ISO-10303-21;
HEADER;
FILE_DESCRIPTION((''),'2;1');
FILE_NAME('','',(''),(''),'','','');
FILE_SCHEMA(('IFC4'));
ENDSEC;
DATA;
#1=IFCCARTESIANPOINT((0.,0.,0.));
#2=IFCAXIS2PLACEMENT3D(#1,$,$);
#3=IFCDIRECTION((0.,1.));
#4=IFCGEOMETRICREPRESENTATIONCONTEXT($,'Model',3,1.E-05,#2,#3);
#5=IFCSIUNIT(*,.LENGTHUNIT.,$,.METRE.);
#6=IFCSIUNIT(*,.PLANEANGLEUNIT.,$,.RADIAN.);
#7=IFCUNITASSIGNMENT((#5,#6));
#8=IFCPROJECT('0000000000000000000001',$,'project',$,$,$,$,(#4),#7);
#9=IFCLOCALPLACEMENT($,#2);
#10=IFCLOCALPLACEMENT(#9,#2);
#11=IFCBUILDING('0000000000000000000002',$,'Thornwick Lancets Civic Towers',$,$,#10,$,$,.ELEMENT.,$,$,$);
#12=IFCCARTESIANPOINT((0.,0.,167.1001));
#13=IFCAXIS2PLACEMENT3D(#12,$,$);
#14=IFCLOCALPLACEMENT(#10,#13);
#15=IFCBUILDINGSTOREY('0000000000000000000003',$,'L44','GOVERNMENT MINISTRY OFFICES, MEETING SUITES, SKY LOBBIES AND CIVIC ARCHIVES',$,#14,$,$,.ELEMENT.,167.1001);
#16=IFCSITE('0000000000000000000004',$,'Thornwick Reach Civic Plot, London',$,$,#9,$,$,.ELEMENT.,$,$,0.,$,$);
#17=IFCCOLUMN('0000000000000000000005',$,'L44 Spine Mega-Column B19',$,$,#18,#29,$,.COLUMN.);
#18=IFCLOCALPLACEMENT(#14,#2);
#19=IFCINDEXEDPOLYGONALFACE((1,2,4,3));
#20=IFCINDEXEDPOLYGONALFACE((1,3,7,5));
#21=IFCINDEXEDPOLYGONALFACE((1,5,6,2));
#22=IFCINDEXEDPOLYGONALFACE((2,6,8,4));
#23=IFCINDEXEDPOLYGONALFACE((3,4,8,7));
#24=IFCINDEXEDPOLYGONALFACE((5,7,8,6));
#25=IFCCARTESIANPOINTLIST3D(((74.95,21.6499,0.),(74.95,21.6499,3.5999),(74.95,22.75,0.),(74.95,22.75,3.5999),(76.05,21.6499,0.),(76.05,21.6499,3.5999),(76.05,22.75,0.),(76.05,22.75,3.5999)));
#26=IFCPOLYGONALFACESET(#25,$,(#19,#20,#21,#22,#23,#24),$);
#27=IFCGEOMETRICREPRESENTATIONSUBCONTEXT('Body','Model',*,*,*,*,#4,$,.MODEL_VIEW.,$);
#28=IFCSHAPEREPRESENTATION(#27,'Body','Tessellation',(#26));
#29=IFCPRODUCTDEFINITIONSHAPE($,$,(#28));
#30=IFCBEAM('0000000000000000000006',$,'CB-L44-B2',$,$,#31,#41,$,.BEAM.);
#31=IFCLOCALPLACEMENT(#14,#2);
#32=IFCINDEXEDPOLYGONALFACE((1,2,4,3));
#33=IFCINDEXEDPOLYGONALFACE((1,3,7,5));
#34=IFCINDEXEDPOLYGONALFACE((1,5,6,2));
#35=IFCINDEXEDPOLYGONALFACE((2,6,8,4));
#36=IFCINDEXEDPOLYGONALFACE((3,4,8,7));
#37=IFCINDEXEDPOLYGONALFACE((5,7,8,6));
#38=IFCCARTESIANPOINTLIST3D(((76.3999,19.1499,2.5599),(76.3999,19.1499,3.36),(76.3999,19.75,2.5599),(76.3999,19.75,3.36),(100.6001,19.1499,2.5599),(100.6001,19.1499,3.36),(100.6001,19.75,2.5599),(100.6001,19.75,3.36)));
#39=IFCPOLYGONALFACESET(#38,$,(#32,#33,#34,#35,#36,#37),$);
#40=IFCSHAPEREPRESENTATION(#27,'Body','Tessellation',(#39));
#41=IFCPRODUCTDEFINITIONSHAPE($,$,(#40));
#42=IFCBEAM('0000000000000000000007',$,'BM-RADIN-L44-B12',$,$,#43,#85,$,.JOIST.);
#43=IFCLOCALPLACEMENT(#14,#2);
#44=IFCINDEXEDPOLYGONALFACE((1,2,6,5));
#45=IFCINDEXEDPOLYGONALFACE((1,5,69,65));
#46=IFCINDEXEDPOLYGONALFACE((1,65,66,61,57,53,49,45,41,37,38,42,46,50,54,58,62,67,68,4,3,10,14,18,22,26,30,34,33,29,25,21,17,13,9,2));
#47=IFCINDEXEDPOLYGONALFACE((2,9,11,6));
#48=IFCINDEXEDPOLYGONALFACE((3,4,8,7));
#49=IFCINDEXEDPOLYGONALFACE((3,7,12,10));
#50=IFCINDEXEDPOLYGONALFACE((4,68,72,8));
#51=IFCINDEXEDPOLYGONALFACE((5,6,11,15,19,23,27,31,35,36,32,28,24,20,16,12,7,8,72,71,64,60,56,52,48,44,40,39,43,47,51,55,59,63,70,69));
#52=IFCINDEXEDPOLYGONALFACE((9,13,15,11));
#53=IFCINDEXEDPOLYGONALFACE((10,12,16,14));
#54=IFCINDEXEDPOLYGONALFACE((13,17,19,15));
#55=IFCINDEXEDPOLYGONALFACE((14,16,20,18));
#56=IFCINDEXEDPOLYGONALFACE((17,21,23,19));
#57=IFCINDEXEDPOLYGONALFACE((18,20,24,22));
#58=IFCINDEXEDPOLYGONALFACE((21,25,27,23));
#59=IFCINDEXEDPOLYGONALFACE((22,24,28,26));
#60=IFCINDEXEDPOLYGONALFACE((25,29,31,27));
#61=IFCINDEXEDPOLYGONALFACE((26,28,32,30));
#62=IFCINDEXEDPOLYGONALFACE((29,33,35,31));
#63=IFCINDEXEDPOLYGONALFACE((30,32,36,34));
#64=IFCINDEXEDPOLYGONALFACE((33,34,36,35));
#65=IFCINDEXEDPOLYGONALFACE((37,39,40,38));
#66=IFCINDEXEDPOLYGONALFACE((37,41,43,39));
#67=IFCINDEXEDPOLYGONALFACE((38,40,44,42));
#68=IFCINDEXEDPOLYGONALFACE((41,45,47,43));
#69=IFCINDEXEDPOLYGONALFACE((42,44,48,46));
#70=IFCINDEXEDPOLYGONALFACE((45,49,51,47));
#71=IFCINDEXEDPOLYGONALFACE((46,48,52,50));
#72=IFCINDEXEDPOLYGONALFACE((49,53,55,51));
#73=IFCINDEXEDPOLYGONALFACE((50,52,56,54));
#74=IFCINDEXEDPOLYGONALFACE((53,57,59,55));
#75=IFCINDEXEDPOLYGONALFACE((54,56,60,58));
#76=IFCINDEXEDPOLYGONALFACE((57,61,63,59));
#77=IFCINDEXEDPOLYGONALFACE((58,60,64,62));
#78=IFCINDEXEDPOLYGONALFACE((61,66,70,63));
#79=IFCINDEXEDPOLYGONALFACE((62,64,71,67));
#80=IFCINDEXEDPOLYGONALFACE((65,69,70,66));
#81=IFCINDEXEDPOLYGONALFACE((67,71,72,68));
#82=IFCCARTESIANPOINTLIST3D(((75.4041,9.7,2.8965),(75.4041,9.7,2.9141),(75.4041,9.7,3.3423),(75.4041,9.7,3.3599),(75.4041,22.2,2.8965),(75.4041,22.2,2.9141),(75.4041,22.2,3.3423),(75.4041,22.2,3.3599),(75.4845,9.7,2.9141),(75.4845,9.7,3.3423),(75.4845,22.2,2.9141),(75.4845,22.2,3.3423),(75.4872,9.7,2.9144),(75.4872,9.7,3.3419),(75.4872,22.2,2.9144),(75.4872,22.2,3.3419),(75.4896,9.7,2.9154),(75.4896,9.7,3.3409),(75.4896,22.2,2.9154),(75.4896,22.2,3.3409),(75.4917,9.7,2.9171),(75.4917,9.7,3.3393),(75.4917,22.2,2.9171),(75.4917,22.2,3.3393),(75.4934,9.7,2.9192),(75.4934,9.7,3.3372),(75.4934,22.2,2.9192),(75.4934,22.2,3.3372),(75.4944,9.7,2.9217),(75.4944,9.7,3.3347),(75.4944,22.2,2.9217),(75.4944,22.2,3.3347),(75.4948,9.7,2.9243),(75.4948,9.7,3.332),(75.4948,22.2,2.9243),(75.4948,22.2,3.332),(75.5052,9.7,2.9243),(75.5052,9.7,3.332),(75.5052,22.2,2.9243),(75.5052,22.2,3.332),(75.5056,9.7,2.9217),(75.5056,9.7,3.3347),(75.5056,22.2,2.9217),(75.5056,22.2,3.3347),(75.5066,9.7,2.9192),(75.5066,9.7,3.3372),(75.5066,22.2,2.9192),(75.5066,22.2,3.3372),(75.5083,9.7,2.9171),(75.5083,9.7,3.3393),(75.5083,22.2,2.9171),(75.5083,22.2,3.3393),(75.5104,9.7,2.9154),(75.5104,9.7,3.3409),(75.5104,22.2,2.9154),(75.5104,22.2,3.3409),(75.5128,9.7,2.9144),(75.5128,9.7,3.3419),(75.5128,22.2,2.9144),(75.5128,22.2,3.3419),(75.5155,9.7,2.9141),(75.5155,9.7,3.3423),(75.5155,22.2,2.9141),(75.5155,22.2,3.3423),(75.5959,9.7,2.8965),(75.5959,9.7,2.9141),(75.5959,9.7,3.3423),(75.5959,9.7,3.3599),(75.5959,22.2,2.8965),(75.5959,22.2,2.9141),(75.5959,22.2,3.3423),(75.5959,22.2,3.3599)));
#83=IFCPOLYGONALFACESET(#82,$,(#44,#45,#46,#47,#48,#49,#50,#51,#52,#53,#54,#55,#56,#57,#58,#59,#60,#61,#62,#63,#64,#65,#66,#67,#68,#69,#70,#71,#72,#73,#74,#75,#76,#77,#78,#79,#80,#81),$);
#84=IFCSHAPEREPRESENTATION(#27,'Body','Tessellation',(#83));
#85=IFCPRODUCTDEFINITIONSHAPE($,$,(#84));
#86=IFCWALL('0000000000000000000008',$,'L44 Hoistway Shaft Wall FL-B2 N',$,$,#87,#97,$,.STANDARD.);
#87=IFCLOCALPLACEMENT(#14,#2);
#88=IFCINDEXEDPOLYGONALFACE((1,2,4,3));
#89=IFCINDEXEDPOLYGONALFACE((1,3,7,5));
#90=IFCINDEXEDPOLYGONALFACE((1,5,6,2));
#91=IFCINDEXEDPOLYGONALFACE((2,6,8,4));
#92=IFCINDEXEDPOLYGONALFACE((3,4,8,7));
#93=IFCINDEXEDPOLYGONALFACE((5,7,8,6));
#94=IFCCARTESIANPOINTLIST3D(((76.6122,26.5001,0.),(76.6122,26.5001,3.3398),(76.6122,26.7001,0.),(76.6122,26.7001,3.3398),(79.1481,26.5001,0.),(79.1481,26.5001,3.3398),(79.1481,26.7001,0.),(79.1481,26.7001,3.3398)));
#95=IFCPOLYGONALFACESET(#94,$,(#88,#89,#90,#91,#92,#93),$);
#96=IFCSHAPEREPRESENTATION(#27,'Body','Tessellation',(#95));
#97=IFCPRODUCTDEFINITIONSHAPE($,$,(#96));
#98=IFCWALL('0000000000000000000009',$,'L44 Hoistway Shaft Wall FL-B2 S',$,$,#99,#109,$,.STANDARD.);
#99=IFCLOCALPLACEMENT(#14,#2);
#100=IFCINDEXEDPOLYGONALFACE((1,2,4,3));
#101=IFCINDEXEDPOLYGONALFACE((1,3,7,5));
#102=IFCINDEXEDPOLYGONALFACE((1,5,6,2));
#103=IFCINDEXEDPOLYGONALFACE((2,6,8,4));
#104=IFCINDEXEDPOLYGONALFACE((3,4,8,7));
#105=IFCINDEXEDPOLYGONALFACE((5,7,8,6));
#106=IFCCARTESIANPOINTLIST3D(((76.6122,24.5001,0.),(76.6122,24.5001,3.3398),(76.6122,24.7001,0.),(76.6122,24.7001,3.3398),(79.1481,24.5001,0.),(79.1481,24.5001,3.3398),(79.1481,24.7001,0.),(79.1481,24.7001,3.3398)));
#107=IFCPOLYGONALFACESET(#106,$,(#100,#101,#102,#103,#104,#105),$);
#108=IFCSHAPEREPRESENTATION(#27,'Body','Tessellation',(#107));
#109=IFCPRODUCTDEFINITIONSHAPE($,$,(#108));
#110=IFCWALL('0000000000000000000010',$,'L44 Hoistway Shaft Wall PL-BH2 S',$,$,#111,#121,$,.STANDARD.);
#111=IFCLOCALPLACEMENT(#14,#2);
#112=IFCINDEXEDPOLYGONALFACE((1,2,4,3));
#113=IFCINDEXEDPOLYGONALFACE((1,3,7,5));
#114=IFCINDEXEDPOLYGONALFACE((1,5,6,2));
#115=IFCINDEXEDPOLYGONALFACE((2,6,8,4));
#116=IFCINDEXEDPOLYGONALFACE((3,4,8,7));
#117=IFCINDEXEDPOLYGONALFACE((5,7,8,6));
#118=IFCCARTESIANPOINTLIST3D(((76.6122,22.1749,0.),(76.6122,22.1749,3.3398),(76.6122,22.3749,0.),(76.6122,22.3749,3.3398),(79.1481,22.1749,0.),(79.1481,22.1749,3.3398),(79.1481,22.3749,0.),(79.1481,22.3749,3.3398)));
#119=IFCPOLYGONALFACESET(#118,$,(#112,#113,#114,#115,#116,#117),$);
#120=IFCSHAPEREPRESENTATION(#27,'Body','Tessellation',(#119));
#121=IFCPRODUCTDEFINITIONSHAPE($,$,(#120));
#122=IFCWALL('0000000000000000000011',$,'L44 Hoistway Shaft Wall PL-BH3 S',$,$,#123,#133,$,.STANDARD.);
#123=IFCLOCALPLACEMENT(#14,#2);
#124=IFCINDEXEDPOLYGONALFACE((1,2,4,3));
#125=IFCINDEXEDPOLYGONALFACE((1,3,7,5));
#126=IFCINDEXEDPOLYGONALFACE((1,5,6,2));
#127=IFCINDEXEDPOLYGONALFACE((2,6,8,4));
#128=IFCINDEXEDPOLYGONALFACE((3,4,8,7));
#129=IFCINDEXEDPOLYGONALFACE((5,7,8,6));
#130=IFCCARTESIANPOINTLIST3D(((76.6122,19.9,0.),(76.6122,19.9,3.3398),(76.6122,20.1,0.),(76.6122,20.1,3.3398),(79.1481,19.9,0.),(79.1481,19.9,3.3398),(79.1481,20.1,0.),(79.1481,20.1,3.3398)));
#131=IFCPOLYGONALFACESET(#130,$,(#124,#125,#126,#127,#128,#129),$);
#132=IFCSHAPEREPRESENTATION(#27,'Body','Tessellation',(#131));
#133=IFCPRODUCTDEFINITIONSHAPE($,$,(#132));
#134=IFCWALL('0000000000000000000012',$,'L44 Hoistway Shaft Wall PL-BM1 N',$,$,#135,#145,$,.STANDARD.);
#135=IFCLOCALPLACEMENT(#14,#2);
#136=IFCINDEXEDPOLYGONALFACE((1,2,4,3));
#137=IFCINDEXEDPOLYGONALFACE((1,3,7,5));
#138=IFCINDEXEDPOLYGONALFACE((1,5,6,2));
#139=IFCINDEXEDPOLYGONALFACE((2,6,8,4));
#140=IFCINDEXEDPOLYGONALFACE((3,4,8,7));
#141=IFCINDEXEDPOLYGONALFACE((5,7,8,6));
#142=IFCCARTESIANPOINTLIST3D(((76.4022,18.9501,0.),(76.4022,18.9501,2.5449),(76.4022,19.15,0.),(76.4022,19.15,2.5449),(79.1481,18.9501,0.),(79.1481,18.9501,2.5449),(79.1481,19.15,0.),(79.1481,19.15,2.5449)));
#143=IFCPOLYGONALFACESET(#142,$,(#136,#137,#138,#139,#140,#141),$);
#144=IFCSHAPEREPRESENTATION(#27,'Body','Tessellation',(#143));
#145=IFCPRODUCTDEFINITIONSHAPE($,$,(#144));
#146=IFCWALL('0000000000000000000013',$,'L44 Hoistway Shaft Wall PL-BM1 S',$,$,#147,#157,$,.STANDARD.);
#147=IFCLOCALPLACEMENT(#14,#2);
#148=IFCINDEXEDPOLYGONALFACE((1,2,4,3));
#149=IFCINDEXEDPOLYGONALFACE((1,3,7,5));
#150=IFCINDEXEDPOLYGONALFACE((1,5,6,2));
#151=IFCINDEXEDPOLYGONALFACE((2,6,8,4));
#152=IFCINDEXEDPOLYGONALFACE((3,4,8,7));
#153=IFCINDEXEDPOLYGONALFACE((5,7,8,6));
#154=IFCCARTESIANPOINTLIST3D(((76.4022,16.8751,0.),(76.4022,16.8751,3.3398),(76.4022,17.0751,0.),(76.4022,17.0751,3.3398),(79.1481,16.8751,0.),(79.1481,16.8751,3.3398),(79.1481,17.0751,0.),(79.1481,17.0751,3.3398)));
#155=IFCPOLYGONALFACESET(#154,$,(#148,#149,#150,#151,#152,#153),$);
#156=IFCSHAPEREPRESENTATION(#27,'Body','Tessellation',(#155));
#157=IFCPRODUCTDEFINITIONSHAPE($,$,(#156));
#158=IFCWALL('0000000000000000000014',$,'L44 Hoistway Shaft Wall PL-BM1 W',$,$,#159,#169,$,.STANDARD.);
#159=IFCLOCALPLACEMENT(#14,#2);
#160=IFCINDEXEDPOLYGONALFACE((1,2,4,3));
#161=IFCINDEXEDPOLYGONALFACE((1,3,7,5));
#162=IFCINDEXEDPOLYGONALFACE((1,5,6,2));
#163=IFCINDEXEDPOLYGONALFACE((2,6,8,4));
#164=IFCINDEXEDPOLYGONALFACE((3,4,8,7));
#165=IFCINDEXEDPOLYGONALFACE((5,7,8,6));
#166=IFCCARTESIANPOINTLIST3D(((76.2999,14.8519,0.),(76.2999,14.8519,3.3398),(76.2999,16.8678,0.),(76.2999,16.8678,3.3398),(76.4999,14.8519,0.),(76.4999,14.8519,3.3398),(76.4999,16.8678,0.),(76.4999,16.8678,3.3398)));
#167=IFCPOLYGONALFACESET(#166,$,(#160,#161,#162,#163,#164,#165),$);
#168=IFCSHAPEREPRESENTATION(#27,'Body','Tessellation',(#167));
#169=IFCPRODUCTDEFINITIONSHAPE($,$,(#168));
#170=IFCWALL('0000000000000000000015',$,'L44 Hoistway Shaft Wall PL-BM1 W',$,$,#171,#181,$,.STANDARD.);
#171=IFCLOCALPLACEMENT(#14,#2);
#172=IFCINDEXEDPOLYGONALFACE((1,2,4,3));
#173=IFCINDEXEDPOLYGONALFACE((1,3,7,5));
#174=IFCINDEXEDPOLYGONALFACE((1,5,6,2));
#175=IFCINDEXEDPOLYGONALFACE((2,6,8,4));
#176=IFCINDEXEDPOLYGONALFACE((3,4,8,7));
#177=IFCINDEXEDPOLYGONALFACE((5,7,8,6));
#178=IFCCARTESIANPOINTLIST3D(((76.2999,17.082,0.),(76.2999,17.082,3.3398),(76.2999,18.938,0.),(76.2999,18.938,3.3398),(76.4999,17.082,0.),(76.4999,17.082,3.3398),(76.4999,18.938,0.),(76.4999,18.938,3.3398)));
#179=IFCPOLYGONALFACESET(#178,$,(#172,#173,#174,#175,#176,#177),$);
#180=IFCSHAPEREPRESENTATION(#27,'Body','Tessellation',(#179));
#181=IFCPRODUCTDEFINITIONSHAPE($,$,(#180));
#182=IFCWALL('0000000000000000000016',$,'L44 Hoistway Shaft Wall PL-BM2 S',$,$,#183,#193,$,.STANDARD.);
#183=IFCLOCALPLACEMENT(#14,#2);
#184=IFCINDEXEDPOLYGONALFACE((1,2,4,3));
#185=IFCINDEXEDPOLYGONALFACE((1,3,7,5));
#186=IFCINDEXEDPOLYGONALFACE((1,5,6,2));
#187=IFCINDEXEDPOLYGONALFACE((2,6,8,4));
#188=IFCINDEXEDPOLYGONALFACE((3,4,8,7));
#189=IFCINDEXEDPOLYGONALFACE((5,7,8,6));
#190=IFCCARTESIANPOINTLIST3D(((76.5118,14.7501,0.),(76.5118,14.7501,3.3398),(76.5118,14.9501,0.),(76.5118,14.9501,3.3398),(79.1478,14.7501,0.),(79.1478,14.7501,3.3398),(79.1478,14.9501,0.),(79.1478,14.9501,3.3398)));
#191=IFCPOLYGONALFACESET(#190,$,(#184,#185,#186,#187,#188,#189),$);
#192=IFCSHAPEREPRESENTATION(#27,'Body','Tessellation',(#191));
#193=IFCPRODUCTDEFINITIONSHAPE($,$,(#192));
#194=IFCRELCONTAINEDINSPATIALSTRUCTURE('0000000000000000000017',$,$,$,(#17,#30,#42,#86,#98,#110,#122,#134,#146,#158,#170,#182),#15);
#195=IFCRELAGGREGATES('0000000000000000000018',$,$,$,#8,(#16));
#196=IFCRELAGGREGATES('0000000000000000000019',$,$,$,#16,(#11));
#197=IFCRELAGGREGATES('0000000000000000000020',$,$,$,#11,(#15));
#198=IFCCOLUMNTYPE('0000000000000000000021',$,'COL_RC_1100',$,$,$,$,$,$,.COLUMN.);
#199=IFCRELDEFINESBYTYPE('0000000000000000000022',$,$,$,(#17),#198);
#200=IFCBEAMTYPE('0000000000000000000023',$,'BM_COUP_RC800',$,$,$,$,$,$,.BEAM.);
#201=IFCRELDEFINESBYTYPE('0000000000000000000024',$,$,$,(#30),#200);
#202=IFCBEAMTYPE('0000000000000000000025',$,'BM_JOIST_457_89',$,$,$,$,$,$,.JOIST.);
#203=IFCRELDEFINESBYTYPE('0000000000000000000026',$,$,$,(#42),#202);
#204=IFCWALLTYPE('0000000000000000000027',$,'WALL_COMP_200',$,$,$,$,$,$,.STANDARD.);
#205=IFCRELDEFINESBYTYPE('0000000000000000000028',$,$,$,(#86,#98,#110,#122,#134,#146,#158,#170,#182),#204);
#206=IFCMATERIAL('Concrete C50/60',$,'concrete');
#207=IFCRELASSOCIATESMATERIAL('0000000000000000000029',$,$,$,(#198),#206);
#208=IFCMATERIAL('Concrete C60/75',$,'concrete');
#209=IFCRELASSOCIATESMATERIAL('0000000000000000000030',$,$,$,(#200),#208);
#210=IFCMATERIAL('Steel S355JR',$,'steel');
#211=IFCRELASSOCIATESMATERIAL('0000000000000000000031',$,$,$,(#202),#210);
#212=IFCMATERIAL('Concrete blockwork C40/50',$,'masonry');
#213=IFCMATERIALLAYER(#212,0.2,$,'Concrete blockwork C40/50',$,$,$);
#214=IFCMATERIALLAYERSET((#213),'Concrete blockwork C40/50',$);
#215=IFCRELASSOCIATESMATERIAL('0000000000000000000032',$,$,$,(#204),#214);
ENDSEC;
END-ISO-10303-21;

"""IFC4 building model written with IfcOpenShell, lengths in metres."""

from ifc_helpers import new_model, si_unit, direction, frame, frame_2d, origin, origin_2d, place, context, subcontext, project, spatial, rectangle, i_section, extrude, material, layer, layer_set, material_profile, profile_set, type_object, element, save


model = new_model("IFC4")

# Units and contexts
model_context = context("Model", 3, precision=1e-05, world=origin(), true_north=direction((0.0, 1.0)))
body_context = subcontext(model_context, "Body", "Model", "MODEL_VIEW")
ifc_project = project(units=[si_unit("LENGTHUNIT", "METRE"), si_unit("PLANEANGLEUNIT", "RADIAN")], contexts=[model_context])

# Site, building, storey
site_placement = place(None, origin())
site = spatial("IfcSite", under=ifc_project, at=site_placement, Name="Thornwick Reach Civic Plot, London", CompositionType="ELEMENT", RefElevation=0.0)
building_placement = place(site_placement, origin())
building = spatial("IfcBuilding", under=site, at=building_placement, Name="Thornwick Lancets Civic Towers", CompositionType="ELEMENT")
storey_placement = place(building_placement, frame((0.0, 0.0, 167.1001)))
storey = spatial("IfcBuildingStorey", under=building, at=storey_placement, Name="L44", Description="GOVERNMENT MINISTRY OFFICES, MEETING SUITES, SKY LOBBIES AND CIVIC ARCHIVES", CompositionType="ELEMENT", Elevation=167.1001)

# Column
ifc_material_1 = material(Name="Concrete C50/60", Category="concrete")
ifc_material_profile_1 = material_profile(ifc_material_1, rectangle(XDim=1.1001, YDim=1.1001, at=origin_2d()), Name="RC 1100x1100")
ifc_profile_set_1 = profile_set([ifc_material_profile_1], Name="Concrete C50/60")
column_type = type_object("IfcColumnType", Name="COL_RC_1100", PredefinedType="COLUMN", material=ifc_profile_set_1)
column_placement = place(storey_placement, frame((75.5, 22.2, 0.0), z_axis=(0.0, 0.0, 1.0), x_axis=(1.0, 0.0, 0.0)))
element("IfcColumn", 1, at=column_placement, inside=storey, type_object=column_type, Name="L44 Spine Mega-Column B19", PredefinedType="COLUMN", context=body_context, shape_type="SweptSolid", body=[
    extrude(rectangle(XDim=1.1001, YDim=1.1001, at=origin_2d()), origin(), (0.0, 0.0, 1.0), 3.5999),
])

# Beams
ifc_material_2 = material(Name="Concrete C60/75", Category="concrete")
ifc_material_profile_2 = material_profile(ifc_material_2, rectangle(XDim=0.6001, YDim=0.8, at=origin_2d()), Name="RC 600x800")
ifc_profile_set_2 = profile_set([ifc_material_profile_2], Name="Concrete C60/75")
beam_type_1 = type_object("IfcBeamType", Name="BM_COUP_RC800", PredefinedType="BEAM", material=ifc_profile_set_2)
beam_1_placement = place(storey_placement, frame((76.3999, 19.45, 2.96), z_axis=(1.0, 0.0, 0.0), x_axis=(0.0, 1.0, 0.0)))
element("IfcBeam", 2, at=beam_1_placement, inside=storey, type_object=beam_type_1, Name="CB-L44-B2", PredefinedType="BEAM", context=body_context, shape_type="SweptSolid", body=[
    extrude(rectangle(XDim=0.6001, YDim=0.8, at=origin_2d()), origin(), (0.0, 0.0, 1.0), 24.2002),
])
ifc_material_3 = material(Name="Steel S355JR", Category="steel")
ifc_material_profile_3 = material_profile(ifc_material_3, i_section(OverallWidth=0.1919, OverallDepth=0.4634, WebThickness=0.0105, FlangeThickness=0.0176, FilletRadius=0.0103, at=origin_2d()), Name="UKB 457x191x89")
ifc_profile_set_3 = profile_set([ifc_material_profile_3], Name="Steel S355JR")
beam_type_2 = type_object("IfcBeamType", Name="BM_JOIST_457_89", PredefinedType="JOIST", material=ifc_profile_set_3)
beam_2_placement = place(storey_placement, frame((75.5, 22.2, 3.1282), z_axis=(0.0, -1.0, 0.0), x_axis=(1.0, 0.0, 0.0)))
element("IfcBeam", 3, at=beam_2_placement, inside=storey, type_object=beam_type_2, Name="BM-RADIN-L44-B12", PredefinedType="JOIST", context=body_context, shape_type="SweptSolid", body=[
    extrude(i_section(OverallWidth=0.1919, OverallDepth=0.4634, WebThickness=0.0105, FlangeThickness=0.0176, FilletRadius=0.0103, at=origin_2d()), origin(), (0.0, 0.0, 1.0), 12.5),
])

# Walls
ifc_material_4 = material(Name="Concrete blockwork C40/50", Category="masonry")
ifc_layer_1 = layer(ifc_material_4, 0.2, Name="Concrete blockwork C40/50")
ifc_layer_set_1 = layer_set([ifc_layer_1], Name="Concrete blockwork C40/50")
wall_type_1 = type_object("IfcWallType", Name="WALL_COMP_200", PredefinedType="STANDARD", material=ifc_layer_set_1)
for number, where, z_axis, x_axis, name in (
    (4, (76.6121, 26.6001, 0.0), (0.0, 0.0, 1.0), (1.0, 0.0, 0.0), "L44 Hoistway Shaft Wall FL-B2 N"),
    (5, (76.6121, 24.6001, 0.0), (0.0, 0.0, 1.0), (1.0, 0.0, 0.0), "L44 Hoistway Shaft Wall FL-B2 S"),
    (6, (76.6121, 22.2749, 0.0), (0.0, 0.0, 1.0), (1.0, 0.0, 0.0), "L44 Hoistway Shaft Wall PL-BH2 S"),
    (7, (76.6121, 20.0, 0.0), (0.0, 0.0, 1.0), (1.0, 0.0, 0.0), "L44 Hoistway Shaft Wall PL-BH3 S"),
):
    element("IfcWall", number, at=place(storey_placement, frame(where, z_axis=z_axis, x_axis=x_axis)), inside=storey, type_object=wall_type_1, Name=name, PredefinedType="STANDARD", context=body_context, shape_type="SweptSolid", body=[
        extrude(rectangle(XDim=2.5359, YDim=0.2, at=frame_2d((1.2681, 0.0))), origin(), (0.0, 0.0, 1.0), 3.3398),
    ])
wall_1_placement = place(storey_placement, frame((76.4021, 19.05, 0.0), z_axis=(0.0, 0.0, 1.0), x_axis=(1.0, 0.0, 0.0)))
element("IfcWall", 8, at=wall_1_placement, inside=storey, type_object=wall_type_1, Name="L44 Hoistway Shaft Wall PL-BM1 N", PredefinedType="STANDARD", context=body_context, shape_type="SweptSolid", body=[
    extrude(rectangle(XDim=2.7458, YDim=0.2, at=frame_2d((1.373, 0.0))), origin(), (0.0, 0.0, 1.0), 2.5449),
])
wall_2_placement = place(storey_placement, frame((76.4021, 16.9751, 0.0), z_axis=(0.0, 0.0, 1.0), x_axis=(1.0, 0.0, 0.0)))
element("IfcWall", 9, at=wall_2_placement, inside=storey, type_object=wall_type_1, Name="L44 Hoistway Shaft Wall PL-BM1 S", PredefinedType="STANDARD", context=body_context, shape_type="SweptSolid", body=[
    extrude(rectangle(XDim=2.7458, YDim=0.2, at=frame_2d((1.373, 0.0))), origin(), (0.0, 0.0, 1.0), 3.3398),
])
wall_3_placement = place(storey_placement, frame((76.3999, 14.8521, 0.0), z_axis=(0.0, 0.0, 1.0), x_axis=(0.0, 1.0, 0.0)))
element("IfcWall", 10, at=wall_3_placement, inside=storey, type_object=wall_type_1, Name="L44 Hoistway Shaft Wall PL-BM1 W", PredefinedType="STANDARD", context=body_context, shape_type="SweptSolid", body=[
    extrude(rectangle(XDim=2.0159, YDim=0.2, at=frame_2d((1.0078, 0.0))), origin(), (0.0, 0.0, 1.0), 3.3398),
])
wall_4_placement = place(storey_placement, frame((76.3999, 17.082, 0.0), z_axis=(0.0, 0.0, 1.0), x_axis=(0.0, 1.0, 0.0)))
element("IfcWall", 11, at=wall_4_placement, inside=storey, type_object=wall_type_1, Name="L44 Hoistway Shaft Wall PL-BM1 W", PredefinedType="STANDARD", context=body_context, shape_type="SweptSolid", body=[
    extrude(rectangle(XDim=1.856, YDim=0.2, at=frame_2d((0.928, 0.0))), origin(), (0.0, 0.0, 1.0), 3.3398),
])
wall_5_placement = place(storey_placement, frame((76.512, 14.8501, 0.0), z_axis=(0.0, 0.0, 1.0), x_axis=(1.0, 0.0, 0.0)))
element("IfcWall", 12, at=wall_5_placement, inside=storey, type_object=wall_type_1, Name="L44 Hoistway Shaft Wall PL-BM2 S", PredefinedType="STANDARD", context=body_context, shape_type="SweptSolid", body=[
    extrude(rectangle(XDim=2.636, YDim=0.2, at=frame_2d((1.3179, 0.0))), origin(), (0.0, 0.0, 1.0), 3.3398),
])

save(model, "model.ifc")
